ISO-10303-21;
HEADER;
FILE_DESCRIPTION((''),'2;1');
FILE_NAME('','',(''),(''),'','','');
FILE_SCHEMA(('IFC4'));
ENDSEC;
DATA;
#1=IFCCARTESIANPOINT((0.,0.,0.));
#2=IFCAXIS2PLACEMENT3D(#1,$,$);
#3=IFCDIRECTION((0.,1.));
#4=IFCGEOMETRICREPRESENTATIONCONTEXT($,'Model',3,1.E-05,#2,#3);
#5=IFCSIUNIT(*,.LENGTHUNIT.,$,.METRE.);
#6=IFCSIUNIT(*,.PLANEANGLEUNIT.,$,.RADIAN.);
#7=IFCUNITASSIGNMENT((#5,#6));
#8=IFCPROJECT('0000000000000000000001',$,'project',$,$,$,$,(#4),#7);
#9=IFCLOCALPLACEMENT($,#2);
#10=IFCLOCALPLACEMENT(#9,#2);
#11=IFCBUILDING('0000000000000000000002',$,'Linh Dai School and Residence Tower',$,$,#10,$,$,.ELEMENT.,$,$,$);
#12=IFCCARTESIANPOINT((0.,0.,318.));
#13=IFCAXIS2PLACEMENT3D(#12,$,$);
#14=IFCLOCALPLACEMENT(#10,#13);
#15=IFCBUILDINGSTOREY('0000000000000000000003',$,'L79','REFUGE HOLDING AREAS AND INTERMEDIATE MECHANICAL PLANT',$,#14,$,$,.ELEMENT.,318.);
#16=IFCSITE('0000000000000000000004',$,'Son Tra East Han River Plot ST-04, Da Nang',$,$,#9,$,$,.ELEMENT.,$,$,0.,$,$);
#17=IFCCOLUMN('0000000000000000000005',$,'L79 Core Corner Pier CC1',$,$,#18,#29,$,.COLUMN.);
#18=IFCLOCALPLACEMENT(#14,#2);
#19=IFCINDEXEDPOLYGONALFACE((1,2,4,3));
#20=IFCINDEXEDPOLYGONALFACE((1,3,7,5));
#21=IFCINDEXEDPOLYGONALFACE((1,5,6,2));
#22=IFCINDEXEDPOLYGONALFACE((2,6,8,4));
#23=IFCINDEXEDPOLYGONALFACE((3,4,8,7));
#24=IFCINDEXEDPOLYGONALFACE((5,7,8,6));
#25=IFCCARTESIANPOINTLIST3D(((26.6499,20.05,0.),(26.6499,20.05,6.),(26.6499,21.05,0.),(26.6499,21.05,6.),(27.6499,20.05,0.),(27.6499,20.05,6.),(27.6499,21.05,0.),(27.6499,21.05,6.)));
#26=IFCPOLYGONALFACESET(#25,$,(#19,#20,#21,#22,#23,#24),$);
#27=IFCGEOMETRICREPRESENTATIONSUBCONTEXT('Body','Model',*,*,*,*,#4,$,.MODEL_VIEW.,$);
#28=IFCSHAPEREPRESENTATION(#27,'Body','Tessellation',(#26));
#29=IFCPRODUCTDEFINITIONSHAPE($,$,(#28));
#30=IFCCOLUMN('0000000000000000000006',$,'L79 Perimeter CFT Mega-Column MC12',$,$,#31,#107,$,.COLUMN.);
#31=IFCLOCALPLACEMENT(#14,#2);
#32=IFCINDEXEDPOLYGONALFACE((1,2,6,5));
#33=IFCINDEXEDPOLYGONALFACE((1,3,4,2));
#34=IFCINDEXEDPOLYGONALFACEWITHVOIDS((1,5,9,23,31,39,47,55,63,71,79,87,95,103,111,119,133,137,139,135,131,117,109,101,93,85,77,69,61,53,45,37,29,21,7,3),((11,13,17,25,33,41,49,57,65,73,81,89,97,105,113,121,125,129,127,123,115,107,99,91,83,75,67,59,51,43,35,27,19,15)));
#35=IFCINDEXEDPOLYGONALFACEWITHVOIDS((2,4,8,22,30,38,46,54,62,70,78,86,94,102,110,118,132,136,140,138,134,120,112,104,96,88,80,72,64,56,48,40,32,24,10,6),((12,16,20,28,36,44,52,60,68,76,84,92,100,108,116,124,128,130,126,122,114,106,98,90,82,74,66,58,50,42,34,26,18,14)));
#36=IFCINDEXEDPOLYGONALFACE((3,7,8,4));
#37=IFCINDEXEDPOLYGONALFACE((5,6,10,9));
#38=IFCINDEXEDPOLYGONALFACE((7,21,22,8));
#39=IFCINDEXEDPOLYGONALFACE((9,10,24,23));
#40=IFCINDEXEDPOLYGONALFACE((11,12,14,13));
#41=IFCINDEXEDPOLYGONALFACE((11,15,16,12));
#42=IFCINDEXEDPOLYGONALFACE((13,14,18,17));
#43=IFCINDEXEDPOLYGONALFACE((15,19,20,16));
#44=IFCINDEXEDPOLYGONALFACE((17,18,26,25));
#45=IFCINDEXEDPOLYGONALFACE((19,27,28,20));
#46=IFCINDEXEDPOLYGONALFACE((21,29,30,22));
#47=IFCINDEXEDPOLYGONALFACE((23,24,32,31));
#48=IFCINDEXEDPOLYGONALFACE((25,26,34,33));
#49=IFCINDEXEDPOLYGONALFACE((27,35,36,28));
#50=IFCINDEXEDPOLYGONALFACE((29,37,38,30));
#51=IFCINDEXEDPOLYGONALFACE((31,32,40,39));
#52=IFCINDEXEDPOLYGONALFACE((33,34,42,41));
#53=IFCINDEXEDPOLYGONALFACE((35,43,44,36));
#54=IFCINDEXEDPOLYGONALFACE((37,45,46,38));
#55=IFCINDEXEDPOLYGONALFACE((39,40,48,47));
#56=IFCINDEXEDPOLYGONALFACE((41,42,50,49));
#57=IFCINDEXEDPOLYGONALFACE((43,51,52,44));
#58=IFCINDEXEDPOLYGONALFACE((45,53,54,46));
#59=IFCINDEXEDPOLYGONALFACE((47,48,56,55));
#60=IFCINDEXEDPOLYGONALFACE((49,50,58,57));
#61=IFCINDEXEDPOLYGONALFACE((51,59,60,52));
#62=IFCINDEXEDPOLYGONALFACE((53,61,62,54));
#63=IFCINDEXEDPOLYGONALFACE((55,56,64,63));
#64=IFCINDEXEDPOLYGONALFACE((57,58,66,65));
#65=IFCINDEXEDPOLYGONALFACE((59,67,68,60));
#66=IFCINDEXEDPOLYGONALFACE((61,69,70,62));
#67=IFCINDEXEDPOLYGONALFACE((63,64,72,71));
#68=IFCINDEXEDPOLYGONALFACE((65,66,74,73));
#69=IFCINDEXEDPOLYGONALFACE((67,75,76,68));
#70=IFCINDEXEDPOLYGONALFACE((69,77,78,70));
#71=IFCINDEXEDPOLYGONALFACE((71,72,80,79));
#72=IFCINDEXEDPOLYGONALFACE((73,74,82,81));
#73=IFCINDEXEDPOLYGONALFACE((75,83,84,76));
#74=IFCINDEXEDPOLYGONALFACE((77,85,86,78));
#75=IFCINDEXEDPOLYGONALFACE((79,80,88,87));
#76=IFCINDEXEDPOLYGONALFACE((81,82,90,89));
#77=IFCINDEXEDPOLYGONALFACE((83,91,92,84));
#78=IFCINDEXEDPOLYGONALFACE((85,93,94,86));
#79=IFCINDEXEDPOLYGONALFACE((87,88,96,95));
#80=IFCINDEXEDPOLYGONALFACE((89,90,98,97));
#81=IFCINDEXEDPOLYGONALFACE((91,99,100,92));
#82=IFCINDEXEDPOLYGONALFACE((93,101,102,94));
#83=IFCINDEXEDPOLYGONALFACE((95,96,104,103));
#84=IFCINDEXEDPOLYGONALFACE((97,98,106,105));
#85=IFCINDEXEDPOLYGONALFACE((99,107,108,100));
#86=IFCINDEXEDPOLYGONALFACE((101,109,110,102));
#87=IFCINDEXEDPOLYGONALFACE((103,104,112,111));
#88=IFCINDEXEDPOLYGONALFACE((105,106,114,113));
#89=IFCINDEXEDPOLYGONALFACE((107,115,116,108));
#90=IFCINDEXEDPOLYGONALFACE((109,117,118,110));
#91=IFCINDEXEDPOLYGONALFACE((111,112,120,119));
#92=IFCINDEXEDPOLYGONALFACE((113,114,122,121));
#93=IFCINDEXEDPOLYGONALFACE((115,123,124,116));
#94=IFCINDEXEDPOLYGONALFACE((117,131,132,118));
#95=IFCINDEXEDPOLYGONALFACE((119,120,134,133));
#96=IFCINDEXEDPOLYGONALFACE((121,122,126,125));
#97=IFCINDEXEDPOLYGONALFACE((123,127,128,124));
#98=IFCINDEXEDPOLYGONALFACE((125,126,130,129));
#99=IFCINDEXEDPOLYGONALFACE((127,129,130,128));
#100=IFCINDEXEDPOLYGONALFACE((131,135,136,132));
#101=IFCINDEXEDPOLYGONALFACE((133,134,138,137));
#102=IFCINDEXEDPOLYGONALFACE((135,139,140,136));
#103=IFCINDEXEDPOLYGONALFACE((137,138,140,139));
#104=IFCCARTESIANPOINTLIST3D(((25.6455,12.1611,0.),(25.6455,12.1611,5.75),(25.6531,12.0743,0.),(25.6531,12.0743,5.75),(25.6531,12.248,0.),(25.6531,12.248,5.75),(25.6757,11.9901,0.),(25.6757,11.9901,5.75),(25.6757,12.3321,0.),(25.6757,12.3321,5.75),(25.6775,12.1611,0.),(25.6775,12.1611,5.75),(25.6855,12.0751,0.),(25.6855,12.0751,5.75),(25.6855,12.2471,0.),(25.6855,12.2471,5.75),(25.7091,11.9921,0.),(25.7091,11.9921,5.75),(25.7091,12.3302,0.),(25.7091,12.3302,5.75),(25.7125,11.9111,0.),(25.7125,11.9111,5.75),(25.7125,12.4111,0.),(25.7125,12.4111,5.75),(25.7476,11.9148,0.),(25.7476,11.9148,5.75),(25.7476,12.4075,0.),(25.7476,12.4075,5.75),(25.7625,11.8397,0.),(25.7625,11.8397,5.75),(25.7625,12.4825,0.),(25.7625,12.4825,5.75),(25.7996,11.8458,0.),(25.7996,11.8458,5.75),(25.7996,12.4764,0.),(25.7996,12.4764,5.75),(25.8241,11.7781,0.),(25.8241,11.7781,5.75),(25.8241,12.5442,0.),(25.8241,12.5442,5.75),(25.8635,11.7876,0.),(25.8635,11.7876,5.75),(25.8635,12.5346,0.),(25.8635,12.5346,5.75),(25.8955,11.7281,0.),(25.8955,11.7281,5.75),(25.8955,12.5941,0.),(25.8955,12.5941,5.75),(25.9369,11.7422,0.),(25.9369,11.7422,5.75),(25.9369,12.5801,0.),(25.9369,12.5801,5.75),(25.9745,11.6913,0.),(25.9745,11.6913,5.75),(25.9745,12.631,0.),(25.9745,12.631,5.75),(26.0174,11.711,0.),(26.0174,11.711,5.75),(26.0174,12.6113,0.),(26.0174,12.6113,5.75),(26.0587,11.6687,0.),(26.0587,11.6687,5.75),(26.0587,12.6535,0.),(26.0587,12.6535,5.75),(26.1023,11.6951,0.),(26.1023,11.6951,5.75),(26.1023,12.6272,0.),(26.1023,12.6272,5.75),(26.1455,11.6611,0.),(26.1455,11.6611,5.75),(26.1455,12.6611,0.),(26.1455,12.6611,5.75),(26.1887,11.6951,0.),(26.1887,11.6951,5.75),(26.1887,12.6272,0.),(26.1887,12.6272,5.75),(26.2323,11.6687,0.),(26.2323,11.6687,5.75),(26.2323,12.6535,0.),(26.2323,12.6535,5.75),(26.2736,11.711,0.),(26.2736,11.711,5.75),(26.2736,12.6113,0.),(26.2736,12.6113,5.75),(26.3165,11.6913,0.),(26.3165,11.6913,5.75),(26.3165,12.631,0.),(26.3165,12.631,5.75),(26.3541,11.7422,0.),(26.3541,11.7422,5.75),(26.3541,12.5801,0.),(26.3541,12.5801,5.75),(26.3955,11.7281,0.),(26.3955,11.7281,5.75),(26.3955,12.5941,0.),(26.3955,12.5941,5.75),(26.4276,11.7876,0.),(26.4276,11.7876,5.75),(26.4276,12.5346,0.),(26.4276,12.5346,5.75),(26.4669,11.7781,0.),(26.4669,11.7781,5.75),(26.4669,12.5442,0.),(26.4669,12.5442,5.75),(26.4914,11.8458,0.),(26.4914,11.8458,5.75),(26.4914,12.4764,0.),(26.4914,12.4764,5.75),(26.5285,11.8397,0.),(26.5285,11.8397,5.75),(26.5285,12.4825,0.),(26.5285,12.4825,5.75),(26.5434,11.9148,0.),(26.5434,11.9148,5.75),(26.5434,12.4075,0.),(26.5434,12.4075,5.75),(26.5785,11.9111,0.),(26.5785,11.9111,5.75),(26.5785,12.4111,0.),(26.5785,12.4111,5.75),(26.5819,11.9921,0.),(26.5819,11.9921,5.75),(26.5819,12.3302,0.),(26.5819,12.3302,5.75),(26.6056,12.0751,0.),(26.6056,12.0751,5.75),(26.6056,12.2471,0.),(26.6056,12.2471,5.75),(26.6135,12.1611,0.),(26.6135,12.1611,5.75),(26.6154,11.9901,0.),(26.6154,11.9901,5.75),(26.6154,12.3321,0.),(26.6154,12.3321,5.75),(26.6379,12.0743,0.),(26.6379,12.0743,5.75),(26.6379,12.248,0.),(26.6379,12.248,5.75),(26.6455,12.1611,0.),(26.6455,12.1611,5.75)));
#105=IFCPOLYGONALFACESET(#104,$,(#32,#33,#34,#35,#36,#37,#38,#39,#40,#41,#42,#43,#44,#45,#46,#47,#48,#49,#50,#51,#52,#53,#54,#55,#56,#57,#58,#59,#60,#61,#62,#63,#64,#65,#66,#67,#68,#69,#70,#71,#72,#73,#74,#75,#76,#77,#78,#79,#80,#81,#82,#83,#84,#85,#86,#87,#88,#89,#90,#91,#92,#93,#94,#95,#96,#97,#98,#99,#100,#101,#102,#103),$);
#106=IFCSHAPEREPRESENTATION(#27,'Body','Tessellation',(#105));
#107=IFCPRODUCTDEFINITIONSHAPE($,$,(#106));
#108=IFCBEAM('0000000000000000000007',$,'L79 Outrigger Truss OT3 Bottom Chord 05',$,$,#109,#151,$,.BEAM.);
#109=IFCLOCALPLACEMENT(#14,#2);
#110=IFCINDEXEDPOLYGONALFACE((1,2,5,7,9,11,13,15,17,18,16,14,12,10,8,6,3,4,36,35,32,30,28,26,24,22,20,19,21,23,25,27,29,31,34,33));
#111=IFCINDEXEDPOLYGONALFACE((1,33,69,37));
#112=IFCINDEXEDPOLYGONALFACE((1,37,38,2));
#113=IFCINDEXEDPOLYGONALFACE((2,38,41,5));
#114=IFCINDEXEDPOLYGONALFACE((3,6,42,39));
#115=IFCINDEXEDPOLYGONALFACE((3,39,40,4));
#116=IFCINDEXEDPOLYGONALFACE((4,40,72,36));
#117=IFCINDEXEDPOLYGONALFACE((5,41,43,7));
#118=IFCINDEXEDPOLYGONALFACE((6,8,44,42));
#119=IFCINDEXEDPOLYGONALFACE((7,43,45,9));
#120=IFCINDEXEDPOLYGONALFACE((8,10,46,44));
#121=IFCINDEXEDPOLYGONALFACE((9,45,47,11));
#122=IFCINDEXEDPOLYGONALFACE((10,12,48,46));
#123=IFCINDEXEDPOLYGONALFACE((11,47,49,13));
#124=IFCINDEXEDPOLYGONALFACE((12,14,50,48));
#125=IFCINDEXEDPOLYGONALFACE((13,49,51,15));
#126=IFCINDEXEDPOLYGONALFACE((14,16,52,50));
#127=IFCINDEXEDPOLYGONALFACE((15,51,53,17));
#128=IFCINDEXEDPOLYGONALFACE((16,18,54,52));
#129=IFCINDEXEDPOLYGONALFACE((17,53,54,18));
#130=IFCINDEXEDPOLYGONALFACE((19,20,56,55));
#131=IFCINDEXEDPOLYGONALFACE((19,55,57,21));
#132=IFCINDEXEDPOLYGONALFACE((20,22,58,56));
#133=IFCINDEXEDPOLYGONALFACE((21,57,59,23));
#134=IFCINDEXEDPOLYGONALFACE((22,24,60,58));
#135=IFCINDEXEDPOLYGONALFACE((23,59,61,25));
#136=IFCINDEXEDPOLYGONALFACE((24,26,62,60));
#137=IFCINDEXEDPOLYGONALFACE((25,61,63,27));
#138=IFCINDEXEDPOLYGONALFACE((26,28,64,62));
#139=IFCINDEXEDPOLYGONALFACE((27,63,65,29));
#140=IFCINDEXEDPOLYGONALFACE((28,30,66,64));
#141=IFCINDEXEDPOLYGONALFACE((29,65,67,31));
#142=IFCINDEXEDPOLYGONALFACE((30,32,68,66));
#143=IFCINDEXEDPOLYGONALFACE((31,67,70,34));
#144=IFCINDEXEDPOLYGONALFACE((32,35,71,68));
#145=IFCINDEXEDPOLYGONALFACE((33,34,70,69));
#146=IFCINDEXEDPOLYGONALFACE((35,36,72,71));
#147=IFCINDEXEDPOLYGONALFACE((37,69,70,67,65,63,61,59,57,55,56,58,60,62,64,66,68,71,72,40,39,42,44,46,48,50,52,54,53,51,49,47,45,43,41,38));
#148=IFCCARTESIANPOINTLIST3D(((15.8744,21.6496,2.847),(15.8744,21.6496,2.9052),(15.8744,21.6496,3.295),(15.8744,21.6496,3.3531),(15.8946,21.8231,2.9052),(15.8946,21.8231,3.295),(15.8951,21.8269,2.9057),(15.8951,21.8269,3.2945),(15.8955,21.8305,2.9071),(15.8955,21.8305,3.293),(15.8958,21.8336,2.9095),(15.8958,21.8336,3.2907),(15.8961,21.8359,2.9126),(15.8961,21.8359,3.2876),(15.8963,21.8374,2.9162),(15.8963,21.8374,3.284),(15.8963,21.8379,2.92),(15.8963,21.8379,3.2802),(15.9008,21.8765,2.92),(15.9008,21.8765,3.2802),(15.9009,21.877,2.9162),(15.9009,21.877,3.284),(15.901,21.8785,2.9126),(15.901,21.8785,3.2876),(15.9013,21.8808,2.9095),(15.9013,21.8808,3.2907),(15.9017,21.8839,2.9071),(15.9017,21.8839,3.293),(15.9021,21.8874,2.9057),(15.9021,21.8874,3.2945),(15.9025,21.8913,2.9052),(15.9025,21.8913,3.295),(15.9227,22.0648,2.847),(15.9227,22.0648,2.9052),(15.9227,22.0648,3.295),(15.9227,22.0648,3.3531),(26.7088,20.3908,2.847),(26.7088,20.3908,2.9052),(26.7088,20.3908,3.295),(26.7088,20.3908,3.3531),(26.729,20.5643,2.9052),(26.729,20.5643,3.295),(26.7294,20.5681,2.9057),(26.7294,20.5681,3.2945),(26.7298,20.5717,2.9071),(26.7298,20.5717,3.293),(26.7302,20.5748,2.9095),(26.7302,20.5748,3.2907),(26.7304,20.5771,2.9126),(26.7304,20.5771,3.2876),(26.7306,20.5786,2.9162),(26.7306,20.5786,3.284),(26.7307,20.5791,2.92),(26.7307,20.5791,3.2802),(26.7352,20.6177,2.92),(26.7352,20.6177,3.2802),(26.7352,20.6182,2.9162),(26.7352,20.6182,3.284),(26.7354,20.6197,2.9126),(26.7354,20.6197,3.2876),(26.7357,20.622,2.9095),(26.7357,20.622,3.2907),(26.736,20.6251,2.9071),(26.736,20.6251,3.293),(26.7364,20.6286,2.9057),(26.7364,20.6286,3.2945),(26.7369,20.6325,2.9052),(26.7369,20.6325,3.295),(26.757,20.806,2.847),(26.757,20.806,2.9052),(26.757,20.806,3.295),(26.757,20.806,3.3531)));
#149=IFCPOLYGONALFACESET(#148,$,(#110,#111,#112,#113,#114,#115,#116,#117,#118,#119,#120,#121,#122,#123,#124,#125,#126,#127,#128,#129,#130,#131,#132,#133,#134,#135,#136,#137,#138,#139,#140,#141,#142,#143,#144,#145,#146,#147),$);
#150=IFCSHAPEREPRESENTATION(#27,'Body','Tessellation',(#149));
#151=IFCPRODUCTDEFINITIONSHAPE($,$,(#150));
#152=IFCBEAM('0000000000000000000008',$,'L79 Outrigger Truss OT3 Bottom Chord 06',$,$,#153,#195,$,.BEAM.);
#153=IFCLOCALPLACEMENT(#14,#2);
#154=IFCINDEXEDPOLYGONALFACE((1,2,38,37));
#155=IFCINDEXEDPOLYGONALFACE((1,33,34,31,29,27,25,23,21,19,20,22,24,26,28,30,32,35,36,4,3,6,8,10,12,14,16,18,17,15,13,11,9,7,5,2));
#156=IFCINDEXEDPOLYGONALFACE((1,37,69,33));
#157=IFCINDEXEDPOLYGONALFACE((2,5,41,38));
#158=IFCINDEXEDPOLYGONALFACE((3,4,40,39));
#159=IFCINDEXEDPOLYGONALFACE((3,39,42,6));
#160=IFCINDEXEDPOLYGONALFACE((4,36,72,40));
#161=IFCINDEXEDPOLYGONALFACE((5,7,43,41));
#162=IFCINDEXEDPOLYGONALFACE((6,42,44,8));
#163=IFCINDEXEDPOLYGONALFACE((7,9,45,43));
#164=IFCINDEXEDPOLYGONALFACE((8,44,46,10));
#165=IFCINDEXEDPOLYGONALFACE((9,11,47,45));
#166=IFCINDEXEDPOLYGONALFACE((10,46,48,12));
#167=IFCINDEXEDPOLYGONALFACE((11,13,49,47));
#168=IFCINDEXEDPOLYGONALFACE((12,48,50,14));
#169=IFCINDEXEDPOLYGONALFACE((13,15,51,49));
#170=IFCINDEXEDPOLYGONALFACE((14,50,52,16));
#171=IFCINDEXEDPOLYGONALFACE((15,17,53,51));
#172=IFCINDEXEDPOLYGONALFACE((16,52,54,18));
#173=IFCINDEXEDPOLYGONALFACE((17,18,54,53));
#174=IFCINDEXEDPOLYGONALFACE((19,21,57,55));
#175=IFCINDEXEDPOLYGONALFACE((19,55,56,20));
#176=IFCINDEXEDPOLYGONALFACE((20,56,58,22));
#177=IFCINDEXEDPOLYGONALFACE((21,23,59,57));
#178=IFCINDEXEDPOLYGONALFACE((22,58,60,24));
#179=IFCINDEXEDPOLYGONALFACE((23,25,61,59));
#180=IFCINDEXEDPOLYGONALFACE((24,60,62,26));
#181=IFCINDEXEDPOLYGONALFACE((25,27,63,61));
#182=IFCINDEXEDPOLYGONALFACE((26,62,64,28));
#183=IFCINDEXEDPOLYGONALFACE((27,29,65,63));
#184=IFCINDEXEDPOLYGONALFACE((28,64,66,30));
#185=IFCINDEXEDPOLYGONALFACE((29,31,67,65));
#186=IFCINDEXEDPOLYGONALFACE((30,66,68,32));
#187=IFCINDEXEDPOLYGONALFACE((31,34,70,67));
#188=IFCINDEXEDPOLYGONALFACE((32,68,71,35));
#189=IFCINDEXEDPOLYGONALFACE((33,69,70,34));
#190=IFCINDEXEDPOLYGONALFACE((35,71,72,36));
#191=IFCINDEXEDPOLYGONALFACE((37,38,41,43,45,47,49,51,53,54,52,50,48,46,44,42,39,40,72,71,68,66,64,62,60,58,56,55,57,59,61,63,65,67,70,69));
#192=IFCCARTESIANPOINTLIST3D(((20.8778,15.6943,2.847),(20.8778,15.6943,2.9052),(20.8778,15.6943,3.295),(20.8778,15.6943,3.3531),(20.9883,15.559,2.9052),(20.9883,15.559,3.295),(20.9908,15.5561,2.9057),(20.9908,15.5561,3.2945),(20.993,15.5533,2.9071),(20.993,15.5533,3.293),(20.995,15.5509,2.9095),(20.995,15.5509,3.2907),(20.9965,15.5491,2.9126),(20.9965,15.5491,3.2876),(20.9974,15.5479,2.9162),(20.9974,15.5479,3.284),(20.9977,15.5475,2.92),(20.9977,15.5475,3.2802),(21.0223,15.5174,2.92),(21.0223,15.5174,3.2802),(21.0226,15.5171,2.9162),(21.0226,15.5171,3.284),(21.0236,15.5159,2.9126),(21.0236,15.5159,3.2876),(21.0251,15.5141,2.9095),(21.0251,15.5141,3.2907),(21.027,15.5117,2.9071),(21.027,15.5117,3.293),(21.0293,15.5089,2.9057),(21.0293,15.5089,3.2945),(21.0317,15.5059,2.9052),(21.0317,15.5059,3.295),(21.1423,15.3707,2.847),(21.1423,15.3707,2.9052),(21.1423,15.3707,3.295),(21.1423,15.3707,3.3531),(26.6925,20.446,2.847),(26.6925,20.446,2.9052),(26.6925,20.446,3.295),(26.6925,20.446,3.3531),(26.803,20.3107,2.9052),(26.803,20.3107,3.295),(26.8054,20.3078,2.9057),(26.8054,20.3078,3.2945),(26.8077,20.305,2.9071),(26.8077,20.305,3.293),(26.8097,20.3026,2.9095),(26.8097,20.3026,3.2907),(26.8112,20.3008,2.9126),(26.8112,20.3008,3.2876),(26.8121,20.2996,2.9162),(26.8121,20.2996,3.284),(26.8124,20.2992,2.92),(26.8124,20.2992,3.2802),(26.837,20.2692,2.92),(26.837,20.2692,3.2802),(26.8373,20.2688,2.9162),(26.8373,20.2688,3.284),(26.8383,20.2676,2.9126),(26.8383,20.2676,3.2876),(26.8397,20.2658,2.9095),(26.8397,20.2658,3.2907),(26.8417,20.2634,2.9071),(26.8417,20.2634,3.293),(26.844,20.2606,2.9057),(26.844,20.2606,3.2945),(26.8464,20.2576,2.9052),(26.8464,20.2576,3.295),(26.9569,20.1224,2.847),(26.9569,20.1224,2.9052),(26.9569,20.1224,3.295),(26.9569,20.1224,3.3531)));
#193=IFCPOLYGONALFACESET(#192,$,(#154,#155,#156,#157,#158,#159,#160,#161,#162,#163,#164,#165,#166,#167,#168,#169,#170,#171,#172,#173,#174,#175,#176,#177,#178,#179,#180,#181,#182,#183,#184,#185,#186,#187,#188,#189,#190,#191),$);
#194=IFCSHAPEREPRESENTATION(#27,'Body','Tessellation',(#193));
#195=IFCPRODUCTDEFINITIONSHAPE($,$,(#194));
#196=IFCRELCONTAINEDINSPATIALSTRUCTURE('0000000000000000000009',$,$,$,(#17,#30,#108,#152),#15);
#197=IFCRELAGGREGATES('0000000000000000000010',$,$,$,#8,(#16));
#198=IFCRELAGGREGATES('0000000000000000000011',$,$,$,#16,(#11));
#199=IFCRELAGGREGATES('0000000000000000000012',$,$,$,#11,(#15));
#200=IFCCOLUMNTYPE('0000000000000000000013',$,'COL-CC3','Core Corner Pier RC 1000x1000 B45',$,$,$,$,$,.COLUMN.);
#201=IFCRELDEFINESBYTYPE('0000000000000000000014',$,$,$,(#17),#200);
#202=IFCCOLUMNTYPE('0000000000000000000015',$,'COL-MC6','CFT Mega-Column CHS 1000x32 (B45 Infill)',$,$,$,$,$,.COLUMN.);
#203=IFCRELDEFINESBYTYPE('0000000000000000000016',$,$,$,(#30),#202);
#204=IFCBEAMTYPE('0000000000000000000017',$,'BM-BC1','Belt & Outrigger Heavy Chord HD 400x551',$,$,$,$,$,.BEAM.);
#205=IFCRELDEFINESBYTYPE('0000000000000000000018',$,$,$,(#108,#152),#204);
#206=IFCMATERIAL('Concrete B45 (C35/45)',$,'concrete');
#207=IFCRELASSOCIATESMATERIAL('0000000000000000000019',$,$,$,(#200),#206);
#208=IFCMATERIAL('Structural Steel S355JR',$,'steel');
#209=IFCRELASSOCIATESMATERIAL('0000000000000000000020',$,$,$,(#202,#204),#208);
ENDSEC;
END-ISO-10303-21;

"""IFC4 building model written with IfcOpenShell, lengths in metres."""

from ifc_helpers import new_model, si_unit, direction, frame, origin, origin_2d, place, context, subcontext, project, spatial, rectangle, hollow_circle, i_section, extrude, material, material_profile, profile_set, type_object, element, save


model = new_model("IFC4")

# Units and contexts
model_context = context("Model", 3, precision=1e-05, world=origin(), true_north=direction((0.0, 1.0)))
body_context = subcontext(model_context, "Body", "Model", "MODEL_VIEW")
ifc_project = project(units=[si_unit("LENGTHUNIT", "METRE"), si_unit("PLANEANGLEUNIT", "RADIAN")], contexts=[model_context])

# Site, building, storey
site_placement = place(None, origin())
site = spatial("IfcSite", under=ifc_project, at=site_placement, Name="Son Tra East Han River Plot ST-04, Da Nang", CompositionType="ELEMENT", RefElevation=0.0)
building_placement = place(site_placement, origin())
building = spatial("IfcBuilding", under=site, at=building_placement, Name="Linh Dai School and Residence Tower", CompositionType="ELEMENT")
storey_placement = place(building_placement, frame((0.0, 0.0, 318.0)))
storey = spatial("IfcBuildingStorey", under=building, at=storey_placement, Name="L79", Description="REFUGE HOLDING AREAS AND INTERMEDIATE MECHANICAL PLANT", CompositionType="ELEMENT", Elevation=318.0)

# Columns
ifc_material_1 = material(Name="Concrete B45 (C35/45)", Category="concrete")
ifc_material_profile_1 = material_profile(ifc_material_1, rectangle(XDim=1.0, YDim=1.0, at=origin_2d()), Name="RC 1000x1000")
ifc_profile_set_1 = profile_set([ifc_material_profile_1], Name="Concrete B45 (C35/45)")
column_type_1 = type_object("IfcColumnType", Name="COL-CC3", Description="Core Corner Pier RC 1000x1000 B45", PredefinedType="COLUMN", material=ifc_profile_set_1)
column_1_placement = place(storey_placement, frame((27.1499, 20.55, 0.0), z_axis=(0.0, 0.0, 1.0), x_axis=(1.0, 0.0, 0.0)))
element("IfcColumn", 1, at=column_1_placement, inside=storey, type_object=column_type_1, Name="L79 Core Corner Pier CC1", PredefinedType="COLUMN", context=body_context, shape_type="SweptSolid", body=[
    extrude(rectangle(XDim=1.0, YDim=1.0, at=origin_2d()), origin(), (0.0, 0.0, 1.0), 6.0),
])
ifc_material_2 = material(Name="Structural Steel S355JR", Category="steel")
ifc_material_profile_2 = material_profile(ifc_material_2, hollow_circle(Radius=0.5, WallThickness=0.032, at=origin_2d()), Name="CHS 1000x32")
ifc_profile_set_2 = profile_set([ifc_material_profile_2], Name="Structural Steel S355JR")
column_type_2 = type_object("IfcColumnType", Name="COL-MC6", Description="CFT Mega-Column CHS 1000x32 (B45 Infill)", PredefinedType="COLUMN", material=ifc_profile_set_2)
column_2_placement = place(storey_placement, frame((26.1455, 12.1611, 0.0), z_axis=(0.0, 0.0, 1.0), x_axis=(1.0, 0.0, 0.0)))
element("IfcColumn", 2, at=column_2_placement, inside=storey, type_object=column_type_2, Name="L79 Perimeter CFT Mega-Column MC12", PredefinedType="COLUMN", context=body_context, shape_type="SweptSolid", body=[
    extrude(hollow_circle(Radius=0.5, WallThickness=0.032, at=origin_2d()), origin(), (0.0, 0.0, 1.0), 5.75),
])

# Beams
ifc_material_profile_3 = material_profile(ifc_material_2, i_section(OverallWidth=0.418, OverallDepth=0.5061, WebThickness=0.0388, FlangeThickness=0.0581, FilletRadius=0.0149, at=origin_2d()), Name="HD 400x551")
ifc_profile_set_3 = profile_set([ifc_material_profile_3], Name="Structural Steel S355JR")
beam_type_1 = type_object("IfcBeamType", Name="BM-BC1", Description="Belt & Outrigger Heavy Chord HD 400x551", PredefinedType="BEAM", material=ifc_profile_set_3)
beam_1_placement = place(storey_placement, frame((26.7329, 20.5984, 3.1001), z_axis=(-0.993318, 0.11541, 0.0), x_axis=(-0.11541, -0.993318, 0.0)))
element("IfcBeam", 3, at=beam_1_placement, inside=storey, type_object=beam_type_1, Name="L79 Outrigger Truss OT3 Bottom Chord 05", PredefinedType="BEAM", context=body_context, shape_type="SweptSolid", body=[
    extrude(i_section(OverallWidth=0.418, OverallDepth=0.5061, WebThickness=0.0388, FlangeThickness=0.0581, FilletRadius=0.0149, at=origin_2d()), origin(), (0.0, 0.0, 1.0), 10.9072),
])
beam_2_placement = place(storey_placement, frame((26.8247, 20.2842, 3.1001), z_axis=(-0.774334, -0.632777, 0.0), x_axis=(0.632777, -0.774334, 0.0)))
element("IfcBeam", 4, at=beam_2_placement, inside=storey, type_object=beam_type_1, Name="L79 Outrigger Truss OT3 Bottom Chord 06", PredefinedType="BEAM", context=body_context, shape_type="SweptSolid", body=[
    extrude(i_section(OverallWidth=0.418, OverallDepth=0.5061, WebThickness=0.0388, FlangeThickness=0.0581, FilletRadius=0.0149, at=origin_2d()), origin(), (0.0, 0.0, 1.0), 7.5093),
])

save(model, "model.ifc")
